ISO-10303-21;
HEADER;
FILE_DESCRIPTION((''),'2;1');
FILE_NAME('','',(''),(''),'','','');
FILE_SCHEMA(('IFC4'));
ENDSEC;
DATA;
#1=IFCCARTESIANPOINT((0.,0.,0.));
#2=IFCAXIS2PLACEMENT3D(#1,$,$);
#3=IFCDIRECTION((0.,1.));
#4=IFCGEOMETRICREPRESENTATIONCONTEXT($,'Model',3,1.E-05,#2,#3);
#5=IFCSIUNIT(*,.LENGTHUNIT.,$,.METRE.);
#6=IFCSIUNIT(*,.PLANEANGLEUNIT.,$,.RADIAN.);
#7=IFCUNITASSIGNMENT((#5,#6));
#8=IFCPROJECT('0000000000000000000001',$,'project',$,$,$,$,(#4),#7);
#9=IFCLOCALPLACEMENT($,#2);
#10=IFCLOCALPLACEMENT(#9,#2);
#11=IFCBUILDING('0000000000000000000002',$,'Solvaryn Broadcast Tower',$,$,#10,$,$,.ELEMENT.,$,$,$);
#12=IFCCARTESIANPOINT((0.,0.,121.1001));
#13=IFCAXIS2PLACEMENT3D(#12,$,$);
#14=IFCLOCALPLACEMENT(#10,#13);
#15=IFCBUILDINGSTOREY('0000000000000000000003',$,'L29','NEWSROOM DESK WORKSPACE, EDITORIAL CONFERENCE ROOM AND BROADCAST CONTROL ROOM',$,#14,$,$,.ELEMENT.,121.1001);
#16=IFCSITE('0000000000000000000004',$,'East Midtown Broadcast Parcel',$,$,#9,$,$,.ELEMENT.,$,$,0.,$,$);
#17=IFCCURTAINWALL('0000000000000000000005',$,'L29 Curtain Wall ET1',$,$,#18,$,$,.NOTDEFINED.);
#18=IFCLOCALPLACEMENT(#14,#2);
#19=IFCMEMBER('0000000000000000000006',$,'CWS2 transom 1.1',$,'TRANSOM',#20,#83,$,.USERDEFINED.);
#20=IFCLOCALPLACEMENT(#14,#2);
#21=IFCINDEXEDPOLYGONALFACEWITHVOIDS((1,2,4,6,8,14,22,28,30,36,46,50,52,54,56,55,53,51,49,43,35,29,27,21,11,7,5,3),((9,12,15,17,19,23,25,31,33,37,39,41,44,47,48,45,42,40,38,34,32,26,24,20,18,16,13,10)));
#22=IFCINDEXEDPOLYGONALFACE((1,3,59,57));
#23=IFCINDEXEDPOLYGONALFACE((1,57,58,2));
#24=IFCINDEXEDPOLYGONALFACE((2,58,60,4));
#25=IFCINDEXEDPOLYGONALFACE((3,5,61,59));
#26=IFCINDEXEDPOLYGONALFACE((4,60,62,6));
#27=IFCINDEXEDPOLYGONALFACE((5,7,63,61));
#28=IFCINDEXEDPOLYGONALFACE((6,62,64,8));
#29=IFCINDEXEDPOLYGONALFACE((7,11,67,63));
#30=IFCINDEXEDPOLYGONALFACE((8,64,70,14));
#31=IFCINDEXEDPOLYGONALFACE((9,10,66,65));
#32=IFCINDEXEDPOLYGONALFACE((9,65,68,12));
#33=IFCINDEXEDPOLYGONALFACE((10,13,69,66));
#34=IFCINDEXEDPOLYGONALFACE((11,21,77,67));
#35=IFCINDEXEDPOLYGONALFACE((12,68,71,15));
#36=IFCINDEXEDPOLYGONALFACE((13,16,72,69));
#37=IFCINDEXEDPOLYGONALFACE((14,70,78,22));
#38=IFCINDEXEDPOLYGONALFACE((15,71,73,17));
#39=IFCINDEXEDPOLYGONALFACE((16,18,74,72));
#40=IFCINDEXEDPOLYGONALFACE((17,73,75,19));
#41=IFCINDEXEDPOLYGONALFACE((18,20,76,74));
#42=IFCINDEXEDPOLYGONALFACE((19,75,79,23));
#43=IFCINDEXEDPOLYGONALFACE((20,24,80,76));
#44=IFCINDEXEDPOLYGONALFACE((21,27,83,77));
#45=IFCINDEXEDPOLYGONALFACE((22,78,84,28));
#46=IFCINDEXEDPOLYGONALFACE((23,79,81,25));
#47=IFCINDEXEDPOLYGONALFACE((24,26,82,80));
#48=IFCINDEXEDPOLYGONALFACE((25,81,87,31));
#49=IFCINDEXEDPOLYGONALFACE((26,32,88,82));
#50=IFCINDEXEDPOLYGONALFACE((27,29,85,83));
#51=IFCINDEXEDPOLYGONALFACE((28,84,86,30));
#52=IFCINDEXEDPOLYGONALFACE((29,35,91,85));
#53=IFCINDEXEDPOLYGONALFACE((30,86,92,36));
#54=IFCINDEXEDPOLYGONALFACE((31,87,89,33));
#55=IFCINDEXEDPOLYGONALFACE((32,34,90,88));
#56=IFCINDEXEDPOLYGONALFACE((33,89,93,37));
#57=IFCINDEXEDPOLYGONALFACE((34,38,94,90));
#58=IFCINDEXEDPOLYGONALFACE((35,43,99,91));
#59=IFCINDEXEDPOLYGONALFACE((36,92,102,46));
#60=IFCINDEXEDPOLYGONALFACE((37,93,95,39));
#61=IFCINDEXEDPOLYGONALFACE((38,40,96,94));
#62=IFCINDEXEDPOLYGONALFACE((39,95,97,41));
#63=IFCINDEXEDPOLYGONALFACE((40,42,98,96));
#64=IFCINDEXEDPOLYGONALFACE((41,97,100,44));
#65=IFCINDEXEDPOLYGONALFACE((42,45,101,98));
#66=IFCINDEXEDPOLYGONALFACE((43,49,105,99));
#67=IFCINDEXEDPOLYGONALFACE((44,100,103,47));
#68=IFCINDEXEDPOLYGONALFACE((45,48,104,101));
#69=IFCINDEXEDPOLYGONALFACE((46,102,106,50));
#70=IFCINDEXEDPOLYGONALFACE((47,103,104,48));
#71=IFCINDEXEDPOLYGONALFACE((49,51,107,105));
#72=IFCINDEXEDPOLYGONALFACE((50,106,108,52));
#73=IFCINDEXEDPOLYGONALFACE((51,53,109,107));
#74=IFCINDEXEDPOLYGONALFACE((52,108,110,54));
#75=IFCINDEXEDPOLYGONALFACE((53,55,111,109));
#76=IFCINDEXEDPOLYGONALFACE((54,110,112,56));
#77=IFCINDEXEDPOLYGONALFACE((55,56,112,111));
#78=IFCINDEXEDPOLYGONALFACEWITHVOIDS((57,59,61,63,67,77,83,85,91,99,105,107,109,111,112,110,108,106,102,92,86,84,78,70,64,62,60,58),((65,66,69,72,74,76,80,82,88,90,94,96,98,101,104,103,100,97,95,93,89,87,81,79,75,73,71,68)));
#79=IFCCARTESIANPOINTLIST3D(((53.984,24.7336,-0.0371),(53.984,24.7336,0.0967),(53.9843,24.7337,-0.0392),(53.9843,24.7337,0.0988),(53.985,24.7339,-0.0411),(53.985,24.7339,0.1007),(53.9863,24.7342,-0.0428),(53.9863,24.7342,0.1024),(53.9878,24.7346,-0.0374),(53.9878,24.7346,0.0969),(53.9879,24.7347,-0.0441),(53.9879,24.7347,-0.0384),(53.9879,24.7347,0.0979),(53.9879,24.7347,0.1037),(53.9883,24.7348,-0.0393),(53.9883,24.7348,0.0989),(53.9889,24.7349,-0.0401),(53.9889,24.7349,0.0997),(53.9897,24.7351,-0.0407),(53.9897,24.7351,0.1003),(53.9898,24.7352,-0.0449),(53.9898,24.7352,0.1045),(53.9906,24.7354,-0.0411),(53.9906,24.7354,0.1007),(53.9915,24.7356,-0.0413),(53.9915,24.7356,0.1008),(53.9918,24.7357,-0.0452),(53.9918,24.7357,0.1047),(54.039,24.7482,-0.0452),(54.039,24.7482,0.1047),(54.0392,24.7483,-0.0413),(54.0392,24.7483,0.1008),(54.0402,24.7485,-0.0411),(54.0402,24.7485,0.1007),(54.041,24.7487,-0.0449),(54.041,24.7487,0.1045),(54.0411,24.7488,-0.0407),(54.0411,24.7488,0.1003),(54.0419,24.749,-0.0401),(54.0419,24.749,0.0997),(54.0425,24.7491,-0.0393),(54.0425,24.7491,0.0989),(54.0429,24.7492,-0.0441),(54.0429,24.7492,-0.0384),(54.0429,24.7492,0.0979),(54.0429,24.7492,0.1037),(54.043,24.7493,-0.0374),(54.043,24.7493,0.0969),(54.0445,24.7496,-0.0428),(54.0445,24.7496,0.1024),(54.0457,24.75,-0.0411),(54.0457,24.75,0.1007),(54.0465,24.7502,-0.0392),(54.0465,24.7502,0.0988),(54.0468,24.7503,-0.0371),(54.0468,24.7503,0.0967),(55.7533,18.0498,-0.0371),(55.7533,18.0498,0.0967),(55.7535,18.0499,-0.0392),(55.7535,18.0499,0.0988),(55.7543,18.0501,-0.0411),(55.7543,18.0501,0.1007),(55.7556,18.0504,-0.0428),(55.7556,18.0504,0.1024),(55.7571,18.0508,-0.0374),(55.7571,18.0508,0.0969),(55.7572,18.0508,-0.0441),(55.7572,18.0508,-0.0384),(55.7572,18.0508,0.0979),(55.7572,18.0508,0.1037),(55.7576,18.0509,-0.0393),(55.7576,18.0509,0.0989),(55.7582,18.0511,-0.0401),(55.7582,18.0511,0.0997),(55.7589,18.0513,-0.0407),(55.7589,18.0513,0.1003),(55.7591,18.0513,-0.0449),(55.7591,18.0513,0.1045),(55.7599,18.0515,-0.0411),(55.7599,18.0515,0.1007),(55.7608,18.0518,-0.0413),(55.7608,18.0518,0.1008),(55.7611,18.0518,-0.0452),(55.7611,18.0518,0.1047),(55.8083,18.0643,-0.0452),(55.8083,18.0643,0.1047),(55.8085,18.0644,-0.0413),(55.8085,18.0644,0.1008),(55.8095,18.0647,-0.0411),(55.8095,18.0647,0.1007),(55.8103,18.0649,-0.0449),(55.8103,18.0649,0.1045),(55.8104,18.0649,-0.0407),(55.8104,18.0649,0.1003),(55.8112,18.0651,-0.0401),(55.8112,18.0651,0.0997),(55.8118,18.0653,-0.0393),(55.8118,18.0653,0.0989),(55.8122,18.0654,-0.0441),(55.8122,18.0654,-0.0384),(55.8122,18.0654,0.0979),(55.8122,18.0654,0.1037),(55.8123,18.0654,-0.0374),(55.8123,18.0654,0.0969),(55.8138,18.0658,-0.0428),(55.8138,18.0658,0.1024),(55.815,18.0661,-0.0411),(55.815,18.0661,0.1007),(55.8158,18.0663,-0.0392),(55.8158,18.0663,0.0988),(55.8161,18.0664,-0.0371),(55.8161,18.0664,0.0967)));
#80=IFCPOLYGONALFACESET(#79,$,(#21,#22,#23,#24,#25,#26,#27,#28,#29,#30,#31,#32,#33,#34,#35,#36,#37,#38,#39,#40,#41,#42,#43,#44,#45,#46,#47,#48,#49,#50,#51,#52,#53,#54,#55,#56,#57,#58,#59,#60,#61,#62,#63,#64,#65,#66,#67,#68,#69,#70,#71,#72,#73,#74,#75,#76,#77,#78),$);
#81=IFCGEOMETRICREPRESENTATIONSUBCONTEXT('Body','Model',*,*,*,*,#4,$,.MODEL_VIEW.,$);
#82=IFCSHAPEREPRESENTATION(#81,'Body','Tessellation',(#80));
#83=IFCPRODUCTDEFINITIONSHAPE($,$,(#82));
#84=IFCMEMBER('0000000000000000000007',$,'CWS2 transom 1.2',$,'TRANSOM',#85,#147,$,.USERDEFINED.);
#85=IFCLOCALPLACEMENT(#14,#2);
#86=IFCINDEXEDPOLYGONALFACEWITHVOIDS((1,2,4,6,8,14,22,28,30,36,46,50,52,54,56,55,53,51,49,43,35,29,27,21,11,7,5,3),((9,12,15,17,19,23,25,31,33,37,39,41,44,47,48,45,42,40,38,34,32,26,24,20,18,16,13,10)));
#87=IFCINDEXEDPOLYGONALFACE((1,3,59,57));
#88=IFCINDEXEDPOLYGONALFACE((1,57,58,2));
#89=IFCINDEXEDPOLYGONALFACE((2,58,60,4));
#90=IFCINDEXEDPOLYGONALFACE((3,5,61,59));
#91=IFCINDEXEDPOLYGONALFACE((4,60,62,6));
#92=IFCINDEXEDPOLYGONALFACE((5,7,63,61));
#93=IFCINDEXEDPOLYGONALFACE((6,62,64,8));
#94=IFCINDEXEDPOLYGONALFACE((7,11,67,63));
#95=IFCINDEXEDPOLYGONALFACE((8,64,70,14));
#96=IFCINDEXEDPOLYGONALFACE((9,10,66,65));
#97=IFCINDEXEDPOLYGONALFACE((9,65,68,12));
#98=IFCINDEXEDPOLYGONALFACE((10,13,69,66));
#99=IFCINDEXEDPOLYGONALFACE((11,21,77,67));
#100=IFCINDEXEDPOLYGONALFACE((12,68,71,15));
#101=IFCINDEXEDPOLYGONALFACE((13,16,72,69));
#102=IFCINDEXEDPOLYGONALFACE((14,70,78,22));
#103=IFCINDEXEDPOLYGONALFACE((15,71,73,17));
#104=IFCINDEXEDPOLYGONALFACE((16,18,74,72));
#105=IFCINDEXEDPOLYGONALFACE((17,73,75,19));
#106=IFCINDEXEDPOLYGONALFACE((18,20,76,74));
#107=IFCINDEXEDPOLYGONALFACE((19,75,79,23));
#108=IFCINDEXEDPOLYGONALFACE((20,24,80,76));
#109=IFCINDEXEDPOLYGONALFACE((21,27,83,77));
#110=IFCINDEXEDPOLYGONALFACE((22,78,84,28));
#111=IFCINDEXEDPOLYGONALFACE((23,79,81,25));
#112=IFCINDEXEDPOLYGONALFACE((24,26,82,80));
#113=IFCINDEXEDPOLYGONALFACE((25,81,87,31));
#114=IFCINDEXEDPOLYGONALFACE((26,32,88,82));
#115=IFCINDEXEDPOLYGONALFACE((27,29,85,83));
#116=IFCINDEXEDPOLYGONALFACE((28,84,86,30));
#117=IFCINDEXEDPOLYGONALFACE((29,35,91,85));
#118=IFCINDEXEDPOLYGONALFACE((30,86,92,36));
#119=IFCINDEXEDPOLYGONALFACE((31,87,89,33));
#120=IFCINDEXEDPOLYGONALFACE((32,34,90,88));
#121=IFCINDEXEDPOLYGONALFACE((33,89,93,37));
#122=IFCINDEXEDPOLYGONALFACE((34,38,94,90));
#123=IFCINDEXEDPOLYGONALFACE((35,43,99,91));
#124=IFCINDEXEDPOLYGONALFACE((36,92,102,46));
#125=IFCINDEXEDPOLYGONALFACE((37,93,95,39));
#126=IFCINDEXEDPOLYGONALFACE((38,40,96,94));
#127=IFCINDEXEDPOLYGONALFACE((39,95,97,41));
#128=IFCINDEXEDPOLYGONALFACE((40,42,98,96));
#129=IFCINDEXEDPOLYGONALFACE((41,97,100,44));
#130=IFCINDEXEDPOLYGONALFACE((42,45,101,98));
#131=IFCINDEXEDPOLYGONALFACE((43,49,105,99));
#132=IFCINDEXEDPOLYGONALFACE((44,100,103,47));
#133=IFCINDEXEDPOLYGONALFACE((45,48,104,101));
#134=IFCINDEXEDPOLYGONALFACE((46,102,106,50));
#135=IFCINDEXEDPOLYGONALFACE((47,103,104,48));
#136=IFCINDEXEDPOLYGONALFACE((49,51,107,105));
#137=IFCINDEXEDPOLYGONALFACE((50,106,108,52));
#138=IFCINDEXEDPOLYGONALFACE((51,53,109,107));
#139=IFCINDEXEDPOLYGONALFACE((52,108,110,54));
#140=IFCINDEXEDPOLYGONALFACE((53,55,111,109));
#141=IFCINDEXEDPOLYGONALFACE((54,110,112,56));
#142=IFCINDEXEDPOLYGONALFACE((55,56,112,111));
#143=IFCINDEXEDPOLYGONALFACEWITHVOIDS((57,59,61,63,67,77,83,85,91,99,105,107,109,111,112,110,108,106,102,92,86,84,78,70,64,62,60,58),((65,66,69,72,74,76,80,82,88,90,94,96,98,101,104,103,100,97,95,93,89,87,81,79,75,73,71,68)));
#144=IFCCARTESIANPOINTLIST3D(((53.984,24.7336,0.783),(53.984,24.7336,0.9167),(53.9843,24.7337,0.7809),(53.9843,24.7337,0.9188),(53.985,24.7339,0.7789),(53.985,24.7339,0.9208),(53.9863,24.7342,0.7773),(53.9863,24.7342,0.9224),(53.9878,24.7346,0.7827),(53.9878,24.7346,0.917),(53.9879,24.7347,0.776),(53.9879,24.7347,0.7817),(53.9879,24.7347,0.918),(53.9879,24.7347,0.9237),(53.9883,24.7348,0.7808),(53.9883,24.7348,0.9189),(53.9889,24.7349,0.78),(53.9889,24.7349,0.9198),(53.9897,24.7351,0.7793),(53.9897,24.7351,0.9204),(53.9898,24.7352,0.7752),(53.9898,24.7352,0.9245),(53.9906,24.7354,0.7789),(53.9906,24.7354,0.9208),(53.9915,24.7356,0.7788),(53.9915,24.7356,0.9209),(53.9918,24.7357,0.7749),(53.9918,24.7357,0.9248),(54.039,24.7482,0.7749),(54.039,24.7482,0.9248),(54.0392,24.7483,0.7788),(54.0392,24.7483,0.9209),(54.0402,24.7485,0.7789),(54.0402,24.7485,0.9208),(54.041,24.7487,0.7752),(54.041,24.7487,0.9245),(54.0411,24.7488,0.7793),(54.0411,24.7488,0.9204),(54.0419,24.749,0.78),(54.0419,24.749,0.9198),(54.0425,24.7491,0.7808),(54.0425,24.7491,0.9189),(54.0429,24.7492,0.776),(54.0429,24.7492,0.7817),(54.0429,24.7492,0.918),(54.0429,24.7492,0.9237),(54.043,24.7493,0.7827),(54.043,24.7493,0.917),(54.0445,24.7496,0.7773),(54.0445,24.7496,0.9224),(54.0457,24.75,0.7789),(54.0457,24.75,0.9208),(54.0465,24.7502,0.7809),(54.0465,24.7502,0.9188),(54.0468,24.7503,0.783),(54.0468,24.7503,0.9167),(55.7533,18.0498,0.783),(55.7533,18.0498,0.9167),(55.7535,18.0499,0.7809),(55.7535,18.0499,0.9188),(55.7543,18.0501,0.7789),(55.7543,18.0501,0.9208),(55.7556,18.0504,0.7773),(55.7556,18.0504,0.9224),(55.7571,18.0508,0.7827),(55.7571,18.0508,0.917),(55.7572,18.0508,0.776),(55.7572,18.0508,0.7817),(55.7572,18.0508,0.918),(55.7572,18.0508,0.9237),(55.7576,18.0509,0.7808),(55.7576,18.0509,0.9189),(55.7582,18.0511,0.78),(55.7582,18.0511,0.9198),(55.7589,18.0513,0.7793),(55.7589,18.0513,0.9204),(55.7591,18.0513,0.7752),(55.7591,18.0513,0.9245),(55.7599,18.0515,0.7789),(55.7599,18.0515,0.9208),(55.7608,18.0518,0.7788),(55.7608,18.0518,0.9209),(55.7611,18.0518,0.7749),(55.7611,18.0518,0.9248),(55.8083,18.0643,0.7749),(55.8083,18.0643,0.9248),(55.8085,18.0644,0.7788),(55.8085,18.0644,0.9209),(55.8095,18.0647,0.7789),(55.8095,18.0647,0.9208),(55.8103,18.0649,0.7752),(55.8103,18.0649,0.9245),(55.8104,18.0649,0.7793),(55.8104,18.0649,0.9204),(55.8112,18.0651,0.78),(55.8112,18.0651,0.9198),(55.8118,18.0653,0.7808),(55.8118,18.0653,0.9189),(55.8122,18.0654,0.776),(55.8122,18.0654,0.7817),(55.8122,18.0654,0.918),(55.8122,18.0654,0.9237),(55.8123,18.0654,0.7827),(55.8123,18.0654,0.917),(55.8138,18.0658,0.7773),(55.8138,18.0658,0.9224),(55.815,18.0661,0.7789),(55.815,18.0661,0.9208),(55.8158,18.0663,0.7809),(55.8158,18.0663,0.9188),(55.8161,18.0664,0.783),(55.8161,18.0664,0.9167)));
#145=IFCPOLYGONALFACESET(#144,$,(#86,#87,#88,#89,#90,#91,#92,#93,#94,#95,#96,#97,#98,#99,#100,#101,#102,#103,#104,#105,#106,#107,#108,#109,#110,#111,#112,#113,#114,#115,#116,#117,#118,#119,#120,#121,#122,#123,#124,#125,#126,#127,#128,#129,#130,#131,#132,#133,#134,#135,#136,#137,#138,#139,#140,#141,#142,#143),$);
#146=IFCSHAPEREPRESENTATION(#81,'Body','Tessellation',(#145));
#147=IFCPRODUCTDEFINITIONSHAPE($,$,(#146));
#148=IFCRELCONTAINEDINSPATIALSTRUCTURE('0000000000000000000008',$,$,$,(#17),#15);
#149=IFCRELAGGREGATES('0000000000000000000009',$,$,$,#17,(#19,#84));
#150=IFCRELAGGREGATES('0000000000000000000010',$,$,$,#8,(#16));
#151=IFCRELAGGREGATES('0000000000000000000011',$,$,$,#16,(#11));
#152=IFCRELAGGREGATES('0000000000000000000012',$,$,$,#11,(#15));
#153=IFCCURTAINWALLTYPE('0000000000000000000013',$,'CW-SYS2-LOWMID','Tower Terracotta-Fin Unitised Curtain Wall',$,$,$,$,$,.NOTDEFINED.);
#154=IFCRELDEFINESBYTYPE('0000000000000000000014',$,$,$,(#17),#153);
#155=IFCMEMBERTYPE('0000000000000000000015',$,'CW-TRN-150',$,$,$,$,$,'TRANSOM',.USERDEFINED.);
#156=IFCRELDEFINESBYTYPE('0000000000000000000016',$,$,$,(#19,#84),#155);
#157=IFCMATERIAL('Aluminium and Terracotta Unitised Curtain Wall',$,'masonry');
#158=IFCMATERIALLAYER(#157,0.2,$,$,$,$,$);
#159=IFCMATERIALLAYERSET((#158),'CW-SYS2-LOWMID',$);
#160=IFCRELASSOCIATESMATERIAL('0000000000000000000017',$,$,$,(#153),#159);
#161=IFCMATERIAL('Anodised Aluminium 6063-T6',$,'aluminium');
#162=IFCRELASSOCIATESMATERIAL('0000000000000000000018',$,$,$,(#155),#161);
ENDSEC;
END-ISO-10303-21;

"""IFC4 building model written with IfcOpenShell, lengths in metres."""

from ifc_helpers import new_model, si_unit, direction, frame, origin, origin_2d, place, context, subcontext, project, spatial, hollow_rectangle, extrude, material, layer, layer_set, material_profile, profile_set, type_object, element, aggregate, save


model = new_model("IFC4")

# Units and contexts
model_context = context("Model", 3, precision=1e-05, world=origin(), true_north=direction((0.0, 1.0)))
body_context = subcontext(model_context, "Body", "Model", "MODEL_VIEW")
ifc_project = project(units=[si_unit("LENGTHUNIT", "METRE"), si_unit("PLANEANGLEUNIT", "RADIAN")], contexts=[model_context])

# Site, building, storey
site_placement = place(None, origin())
site = spatial("IfcSite", under=ifc_project, at=site_placement, Name="East Midtown Broadcast Parcel", CompositionType="ELEMENT", RefElevation=0.0)
building_placement = place(site_placement, origin())
building = spatial("IfcBuilding", under=site, at=building_placement, Name="Solvaryn Broadcast Tower", CompositionType="ELEMENT")
storey_placement = place(building_placement, frame((0.0, 0.0, 121.1001)))
storey = spatial("IfcBuildingStorey", under=building, at=storey_placement, Name="L29", Description="NEWSROOM DESK WORKSPACE, EDITORIAL CONFERENCE ROOM AND BROADCAST CONTROL ROOM", CompositionType="ELEMENT", Elevation=121.1001)

# Curtain wall
ifc_material_1 = material(Name="Aluminium and Terracotta Unitised Curtain Wall", Category="masonry")
ifc_layer_1 = layer(ifc_material_1, 0.2)
ifc_layer_set_1 = layer_set([ifc_layer_1], Name="CW-SYS2-LOWMID")
curtain_wall_type = type_object("IfcCurtainWallType", Name="CW-SYS2-LOWMID", Description="Tower Terracotta-Fin Unitised Curtain Wall", PredefinedType="NOTDEFINED", material=ifc_layer_set_1)
curtain_wall_1_placement = place(storey_placement, origin())
curtain_wall_1 = element("IfcCurtainWall", 1, at=curtain_wall_1_placement, inside=storey, type_object=curtain_wall_type, Name="L29 Curtain Wall ET1", PredefinedType="NOTDEFINED")

# Members
ifc_material_2 = material(Name="Anodised Aluminium 6063-T6", Category="aluminium")
ifc_material_profile_1 = material_profile(ifc_material_2, hollow_rectangle(XDim=0.0649, YDim=0.1499, WallThickness=0.0039, InnerFilletRadius=0.0039, OuterFilletRadius=0.0081, at=origin_2d()))
ifc_profile_set_1 = profile_set([ifc_material_profile_1], Name="Anodised Aluminium 6063-T6")
member_type_1 = type_object("IfcMemberType", Name="CW-TRN-150", ElementType="TRANSOM", PredefinedType="USERDEFINED", material=ifc_profile_set_1)
member_1_placement = place(storey_placement, frame((54.0154, 24.7419, 0.0298), z_axis=(0.255897, -0.966704, 0.0), x_axis=(0.966704, 0.255897, 0.0)))
member_1 = element("IfcMember", 2, at=member_1_placement, type_object=member_type_1, Name="CWS2 transom 1.1", ObjectType="TRANSOM", PredefinedType="USERDEFINED", context=body_context, shape_type="SweptSolid", body=[
    extrude(hollow_rectangle(XDim=0.0649, YDim=0.1499, WallThickness=0.0039, InnerFilletRadius=0.0039, OuterFilletRadius=0.0081, at=origin_2d()), origin(), (0.0, 0.0, 1.0), 6.9141),
])
member_2_placement = place(storey_placement, frame((54.0154, 24.7419, 0.8499), z_axis=(0.255897, -0.966704, 0.0), x_axis=(0.966704, 0.255897, 0.0)))
member_2 = element("IfcMember", 3, at=member_2_placement, type_object=member_type_1, Name="CWS2 transom 1.2", ObjectType="TRANSOM", PredefinedType="USERDEFINED", context=body_context, shape_type="SweptSolid", body=[
    extrude(hollow_rectangle(XDim=0.0649, YDim=0.1499, WallThickness=0.0039, InnerFilletRadius=0.0039, OuterFilletRadius=0.0081, at=origin_2d()), origin(), (0.0, 0.0, 1.0), 6.9141),
])

aggregate(curtain_wall_1, [member_1, member_2])

save(model, "model.ifc")
